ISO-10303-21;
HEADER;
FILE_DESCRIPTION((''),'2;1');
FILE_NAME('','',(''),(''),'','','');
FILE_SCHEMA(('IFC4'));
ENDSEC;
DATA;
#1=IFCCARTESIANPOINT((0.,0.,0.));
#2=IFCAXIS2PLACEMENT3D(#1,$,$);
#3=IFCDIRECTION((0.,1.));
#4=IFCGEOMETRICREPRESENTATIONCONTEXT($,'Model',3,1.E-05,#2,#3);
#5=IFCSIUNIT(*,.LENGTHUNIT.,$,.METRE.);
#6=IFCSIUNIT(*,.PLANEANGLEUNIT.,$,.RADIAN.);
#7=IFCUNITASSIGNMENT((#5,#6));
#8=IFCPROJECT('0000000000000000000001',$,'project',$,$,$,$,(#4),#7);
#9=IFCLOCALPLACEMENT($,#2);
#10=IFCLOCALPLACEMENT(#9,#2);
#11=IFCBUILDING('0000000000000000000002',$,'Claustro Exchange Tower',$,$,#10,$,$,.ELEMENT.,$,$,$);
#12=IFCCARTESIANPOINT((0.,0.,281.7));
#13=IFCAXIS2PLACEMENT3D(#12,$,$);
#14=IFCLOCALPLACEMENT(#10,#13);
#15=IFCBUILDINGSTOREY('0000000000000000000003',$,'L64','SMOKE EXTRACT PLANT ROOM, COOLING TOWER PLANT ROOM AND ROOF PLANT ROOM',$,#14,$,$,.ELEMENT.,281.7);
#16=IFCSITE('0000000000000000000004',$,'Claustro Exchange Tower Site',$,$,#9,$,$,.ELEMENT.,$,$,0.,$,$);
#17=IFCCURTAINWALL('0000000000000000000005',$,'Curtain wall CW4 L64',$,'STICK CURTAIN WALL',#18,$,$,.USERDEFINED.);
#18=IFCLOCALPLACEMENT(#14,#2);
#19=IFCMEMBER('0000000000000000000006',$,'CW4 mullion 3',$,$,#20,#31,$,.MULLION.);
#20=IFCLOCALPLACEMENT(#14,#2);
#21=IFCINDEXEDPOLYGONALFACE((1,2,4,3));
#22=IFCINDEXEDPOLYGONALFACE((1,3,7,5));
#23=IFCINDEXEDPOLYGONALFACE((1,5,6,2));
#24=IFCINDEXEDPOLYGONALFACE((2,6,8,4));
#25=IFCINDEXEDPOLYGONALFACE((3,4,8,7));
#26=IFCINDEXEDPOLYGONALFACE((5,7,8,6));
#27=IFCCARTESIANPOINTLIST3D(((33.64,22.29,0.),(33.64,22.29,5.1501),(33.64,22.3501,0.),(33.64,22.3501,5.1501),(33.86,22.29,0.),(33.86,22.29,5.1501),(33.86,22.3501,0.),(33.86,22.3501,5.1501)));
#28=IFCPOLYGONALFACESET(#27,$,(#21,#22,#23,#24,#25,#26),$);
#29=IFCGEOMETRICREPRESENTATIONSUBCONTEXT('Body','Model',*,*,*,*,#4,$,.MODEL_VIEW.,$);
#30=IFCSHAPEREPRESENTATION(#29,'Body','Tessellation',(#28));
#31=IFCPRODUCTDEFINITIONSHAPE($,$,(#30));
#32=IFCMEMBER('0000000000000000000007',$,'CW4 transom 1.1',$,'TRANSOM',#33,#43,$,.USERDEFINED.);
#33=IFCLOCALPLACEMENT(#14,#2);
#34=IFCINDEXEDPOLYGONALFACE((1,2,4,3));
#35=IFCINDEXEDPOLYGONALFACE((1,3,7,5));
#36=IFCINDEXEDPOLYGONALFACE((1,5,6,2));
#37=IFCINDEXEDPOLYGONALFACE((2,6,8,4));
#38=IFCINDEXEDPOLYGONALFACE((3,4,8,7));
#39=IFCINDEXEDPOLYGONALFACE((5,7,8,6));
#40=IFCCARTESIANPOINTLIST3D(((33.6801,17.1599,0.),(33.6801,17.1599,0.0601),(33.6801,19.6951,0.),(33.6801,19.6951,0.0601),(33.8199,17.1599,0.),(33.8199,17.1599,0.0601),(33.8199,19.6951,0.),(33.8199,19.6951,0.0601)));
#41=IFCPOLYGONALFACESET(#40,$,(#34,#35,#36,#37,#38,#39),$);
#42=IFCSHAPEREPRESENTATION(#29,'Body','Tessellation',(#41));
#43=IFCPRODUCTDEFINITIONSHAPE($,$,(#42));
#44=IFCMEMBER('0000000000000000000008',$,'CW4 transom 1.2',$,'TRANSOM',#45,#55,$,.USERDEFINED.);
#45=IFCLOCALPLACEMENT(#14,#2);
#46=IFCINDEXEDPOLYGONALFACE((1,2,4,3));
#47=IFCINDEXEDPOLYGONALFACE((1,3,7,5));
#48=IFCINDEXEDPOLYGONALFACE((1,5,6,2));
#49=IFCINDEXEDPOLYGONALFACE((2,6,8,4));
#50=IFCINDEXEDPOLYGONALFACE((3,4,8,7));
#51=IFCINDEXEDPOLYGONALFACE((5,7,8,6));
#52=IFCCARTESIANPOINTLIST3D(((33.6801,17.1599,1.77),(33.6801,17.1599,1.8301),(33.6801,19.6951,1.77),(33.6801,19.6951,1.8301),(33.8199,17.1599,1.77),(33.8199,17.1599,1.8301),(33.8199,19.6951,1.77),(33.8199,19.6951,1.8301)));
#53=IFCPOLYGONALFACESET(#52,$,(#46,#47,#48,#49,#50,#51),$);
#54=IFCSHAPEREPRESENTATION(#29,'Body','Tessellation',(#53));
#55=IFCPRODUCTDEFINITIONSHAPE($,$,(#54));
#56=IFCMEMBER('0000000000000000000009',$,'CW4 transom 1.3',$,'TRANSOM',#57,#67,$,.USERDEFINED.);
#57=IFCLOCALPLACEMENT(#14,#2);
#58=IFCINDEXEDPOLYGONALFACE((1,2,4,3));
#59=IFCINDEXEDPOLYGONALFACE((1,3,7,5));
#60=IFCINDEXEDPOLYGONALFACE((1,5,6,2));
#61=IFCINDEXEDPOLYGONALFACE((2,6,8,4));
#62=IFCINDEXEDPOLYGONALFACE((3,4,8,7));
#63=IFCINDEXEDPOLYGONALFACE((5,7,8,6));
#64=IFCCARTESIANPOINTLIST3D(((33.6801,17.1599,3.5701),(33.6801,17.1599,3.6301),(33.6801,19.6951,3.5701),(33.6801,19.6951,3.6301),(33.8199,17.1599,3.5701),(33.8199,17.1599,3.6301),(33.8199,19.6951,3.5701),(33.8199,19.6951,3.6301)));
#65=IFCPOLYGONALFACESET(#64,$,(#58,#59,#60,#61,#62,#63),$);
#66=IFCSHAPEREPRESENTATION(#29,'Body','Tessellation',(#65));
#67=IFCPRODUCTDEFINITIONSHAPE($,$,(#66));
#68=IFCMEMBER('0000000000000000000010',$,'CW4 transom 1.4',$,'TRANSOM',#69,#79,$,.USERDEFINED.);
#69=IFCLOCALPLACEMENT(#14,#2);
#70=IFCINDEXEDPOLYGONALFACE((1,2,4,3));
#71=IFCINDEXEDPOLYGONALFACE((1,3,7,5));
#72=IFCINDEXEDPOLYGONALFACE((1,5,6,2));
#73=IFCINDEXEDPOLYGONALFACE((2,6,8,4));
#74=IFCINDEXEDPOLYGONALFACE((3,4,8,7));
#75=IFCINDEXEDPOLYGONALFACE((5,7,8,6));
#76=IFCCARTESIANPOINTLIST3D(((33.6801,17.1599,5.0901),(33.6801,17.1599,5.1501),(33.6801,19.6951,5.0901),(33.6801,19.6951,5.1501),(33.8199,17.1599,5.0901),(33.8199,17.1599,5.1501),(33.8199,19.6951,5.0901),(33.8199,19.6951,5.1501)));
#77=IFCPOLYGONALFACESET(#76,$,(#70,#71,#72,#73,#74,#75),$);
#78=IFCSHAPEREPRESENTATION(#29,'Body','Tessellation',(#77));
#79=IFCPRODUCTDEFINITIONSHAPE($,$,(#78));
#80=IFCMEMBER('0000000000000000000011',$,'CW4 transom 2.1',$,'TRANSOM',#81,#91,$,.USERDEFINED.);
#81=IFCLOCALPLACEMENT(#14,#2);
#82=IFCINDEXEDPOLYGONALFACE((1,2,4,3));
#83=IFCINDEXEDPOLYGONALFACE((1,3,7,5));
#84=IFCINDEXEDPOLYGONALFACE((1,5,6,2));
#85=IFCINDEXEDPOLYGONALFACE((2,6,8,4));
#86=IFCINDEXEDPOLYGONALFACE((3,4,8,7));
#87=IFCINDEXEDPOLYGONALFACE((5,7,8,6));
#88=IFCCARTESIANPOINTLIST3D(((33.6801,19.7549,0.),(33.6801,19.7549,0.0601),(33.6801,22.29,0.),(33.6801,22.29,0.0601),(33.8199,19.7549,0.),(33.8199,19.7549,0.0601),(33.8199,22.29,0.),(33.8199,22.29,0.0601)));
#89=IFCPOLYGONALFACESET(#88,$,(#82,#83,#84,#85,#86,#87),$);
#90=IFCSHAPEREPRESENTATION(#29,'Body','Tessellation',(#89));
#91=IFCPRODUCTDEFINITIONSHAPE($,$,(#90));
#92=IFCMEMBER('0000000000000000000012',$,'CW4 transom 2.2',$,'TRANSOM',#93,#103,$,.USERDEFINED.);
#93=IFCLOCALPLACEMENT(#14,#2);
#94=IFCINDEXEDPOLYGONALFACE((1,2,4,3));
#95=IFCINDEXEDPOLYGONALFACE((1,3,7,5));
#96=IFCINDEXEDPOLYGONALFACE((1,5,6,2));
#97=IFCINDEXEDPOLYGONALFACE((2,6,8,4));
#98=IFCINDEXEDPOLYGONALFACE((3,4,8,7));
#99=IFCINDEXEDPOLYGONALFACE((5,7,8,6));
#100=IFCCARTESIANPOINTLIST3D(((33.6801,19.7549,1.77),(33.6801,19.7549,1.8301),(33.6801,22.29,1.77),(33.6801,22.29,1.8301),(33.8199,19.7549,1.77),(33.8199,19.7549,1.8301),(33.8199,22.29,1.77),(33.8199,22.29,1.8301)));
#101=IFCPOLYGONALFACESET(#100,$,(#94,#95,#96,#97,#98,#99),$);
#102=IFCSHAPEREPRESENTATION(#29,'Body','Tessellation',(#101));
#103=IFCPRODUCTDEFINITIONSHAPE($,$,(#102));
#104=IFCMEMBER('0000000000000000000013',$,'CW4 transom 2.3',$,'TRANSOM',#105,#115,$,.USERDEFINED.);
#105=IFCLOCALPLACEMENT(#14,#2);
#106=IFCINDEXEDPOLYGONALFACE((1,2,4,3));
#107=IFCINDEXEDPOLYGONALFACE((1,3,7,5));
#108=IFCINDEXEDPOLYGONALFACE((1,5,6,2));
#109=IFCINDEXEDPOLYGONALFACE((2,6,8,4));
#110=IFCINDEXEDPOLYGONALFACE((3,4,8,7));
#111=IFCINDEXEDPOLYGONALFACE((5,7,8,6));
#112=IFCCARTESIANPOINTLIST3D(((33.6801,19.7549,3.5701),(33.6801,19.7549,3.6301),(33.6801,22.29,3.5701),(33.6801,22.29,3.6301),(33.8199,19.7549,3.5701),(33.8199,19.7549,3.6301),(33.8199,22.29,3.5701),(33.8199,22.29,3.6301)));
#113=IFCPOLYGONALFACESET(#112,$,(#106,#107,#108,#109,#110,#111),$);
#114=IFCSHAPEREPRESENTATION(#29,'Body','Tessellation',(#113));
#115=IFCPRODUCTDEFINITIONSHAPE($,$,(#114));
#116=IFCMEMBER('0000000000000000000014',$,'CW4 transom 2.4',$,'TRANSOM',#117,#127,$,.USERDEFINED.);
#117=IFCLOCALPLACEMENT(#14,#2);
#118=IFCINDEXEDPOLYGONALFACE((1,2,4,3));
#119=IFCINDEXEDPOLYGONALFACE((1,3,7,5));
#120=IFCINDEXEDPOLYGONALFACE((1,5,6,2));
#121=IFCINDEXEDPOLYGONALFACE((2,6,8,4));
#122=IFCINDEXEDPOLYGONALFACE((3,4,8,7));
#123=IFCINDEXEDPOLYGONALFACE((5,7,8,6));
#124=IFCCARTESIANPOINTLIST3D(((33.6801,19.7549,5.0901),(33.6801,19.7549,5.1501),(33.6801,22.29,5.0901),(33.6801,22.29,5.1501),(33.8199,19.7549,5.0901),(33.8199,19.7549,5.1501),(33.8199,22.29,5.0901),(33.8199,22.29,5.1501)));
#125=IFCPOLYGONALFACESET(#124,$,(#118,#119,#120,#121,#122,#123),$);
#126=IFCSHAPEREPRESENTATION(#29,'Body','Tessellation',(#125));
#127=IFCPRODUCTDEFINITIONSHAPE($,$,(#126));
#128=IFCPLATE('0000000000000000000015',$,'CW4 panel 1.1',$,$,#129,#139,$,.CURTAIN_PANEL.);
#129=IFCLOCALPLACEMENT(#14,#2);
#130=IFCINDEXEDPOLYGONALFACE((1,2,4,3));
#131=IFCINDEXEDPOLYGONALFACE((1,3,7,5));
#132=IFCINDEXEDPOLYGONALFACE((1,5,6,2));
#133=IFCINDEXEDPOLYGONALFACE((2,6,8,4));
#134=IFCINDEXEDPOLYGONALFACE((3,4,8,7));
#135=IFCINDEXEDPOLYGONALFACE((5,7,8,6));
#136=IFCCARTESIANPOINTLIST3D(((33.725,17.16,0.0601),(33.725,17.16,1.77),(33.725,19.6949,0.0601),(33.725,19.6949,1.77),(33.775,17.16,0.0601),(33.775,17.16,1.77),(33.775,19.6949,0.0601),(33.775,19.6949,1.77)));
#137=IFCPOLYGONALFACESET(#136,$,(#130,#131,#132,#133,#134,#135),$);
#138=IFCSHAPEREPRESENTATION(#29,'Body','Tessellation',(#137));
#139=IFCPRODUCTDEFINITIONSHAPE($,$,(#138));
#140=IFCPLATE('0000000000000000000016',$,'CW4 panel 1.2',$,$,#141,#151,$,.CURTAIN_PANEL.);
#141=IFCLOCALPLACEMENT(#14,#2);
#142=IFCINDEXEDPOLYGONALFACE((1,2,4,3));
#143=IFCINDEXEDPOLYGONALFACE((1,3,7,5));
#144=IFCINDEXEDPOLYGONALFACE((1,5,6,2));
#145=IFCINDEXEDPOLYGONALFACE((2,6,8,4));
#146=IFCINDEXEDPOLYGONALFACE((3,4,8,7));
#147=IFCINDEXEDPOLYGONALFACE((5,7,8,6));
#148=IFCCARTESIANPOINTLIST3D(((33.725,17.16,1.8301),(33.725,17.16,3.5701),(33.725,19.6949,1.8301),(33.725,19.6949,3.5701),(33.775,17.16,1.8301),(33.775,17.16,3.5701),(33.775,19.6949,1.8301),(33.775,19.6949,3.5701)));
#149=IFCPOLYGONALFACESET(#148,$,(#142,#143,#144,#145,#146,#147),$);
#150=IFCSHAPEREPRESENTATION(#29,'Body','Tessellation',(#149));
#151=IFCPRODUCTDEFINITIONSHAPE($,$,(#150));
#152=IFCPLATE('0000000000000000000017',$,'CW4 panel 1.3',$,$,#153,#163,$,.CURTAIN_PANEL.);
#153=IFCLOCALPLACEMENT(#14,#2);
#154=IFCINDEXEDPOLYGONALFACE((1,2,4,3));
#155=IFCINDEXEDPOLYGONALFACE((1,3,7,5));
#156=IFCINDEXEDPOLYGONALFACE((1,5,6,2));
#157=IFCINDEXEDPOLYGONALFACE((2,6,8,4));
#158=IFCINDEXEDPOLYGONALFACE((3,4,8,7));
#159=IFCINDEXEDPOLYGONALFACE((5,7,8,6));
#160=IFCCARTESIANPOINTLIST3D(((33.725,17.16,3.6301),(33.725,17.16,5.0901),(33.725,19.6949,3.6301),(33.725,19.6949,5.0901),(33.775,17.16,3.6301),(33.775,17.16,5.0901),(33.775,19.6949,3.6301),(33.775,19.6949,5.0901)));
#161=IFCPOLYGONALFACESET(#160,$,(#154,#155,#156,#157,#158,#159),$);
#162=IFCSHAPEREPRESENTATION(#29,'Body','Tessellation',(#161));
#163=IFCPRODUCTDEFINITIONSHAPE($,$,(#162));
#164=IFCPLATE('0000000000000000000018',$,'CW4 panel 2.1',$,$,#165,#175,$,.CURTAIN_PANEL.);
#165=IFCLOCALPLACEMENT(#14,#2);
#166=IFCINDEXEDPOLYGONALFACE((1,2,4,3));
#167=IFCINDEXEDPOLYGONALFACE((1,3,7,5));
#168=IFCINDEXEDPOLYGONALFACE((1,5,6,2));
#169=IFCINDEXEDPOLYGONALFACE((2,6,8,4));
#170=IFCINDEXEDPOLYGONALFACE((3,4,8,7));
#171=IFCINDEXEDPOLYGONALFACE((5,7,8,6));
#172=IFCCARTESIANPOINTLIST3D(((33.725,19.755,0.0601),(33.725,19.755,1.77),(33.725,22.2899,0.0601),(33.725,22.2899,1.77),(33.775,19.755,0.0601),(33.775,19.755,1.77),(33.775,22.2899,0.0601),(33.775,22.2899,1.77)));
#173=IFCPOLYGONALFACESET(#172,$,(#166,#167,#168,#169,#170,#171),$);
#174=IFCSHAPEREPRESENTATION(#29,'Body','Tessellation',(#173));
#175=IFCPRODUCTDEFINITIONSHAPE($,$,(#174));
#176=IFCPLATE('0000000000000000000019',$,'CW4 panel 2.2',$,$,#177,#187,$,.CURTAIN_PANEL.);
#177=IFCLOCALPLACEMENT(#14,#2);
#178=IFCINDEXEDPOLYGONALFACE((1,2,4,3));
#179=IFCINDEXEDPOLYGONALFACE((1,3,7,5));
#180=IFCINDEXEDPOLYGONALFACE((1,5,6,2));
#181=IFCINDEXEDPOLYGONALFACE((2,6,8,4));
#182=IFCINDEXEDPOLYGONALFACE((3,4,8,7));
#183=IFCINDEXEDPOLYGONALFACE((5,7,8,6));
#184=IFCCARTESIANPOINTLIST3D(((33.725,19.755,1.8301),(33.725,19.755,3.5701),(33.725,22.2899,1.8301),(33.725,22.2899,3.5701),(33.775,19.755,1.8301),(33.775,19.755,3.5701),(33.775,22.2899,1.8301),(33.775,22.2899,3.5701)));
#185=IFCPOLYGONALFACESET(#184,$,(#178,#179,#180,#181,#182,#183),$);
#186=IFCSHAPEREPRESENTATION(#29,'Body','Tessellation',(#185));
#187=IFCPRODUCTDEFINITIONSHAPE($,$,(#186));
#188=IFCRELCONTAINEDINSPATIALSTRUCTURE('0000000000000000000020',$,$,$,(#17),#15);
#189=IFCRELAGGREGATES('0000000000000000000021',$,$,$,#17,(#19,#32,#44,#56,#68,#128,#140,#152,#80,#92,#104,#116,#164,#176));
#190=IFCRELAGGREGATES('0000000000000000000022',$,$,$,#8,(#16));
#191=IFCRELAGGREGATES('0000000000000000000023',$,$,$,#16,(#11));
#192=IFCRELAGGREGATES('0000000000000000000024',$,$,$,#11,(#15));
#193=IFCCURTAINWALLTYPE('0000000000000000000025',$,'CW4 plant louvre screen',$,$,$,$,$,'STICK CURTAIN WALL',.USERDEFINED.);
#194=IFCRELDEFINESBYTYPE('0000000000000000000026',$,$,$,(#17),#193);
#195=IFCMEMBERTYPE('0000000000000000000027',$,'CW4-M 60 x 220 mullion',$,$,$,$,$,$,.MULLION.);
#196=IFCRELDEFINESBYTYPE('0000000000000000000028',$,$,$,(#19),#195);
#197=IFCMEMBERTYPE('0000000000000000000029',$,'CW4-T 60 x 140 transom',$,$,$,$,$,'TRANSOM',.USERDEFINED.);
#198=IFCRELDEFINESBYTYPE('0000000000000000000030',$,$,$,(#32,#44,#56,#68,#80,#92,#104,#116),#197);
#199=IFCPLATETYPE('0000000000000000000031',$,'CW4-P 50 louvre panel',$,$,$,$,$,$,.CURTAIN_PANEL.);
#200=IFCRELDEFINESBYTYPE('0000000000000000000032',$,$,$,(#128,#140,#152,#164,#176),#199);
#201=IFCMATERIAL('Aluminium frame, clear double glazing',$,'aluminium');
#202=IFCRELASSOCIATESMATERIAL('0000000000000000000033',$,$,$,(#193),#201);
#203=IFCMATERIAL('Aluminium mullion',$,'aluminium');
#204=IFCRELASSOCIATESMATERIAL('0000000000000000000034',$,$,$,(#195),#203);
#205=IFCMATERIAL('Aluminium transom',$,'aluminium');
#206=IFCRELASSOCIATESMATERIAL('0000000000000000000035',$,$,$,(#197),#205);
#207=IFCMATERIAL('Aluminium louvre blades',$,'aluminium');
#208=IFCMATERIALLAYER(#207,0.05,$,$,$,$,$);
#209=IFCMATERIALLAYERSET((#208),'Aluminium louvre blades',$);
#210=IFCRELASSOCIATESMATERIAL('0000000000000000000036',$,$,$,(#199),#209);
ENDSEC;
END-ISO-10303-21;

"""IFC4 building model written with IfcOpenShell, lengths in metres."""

from ifc_helpers import new_model, si_unit, direction, frame, origin, origin_2d, place, context, subcontext, project, spatial, rectangle, extrude, material, layer, layer_set, material_profile, profile_set, type_object, element, aggregate, save


model = new_model("IFC4")

# Units and contexts
model_context = context("Model", 3, precision=1e-05, world=origin(), true_north=direction((0.0, 1.0)))
body_context = subcontext(model_context, "Body", "Model", "MODEL_VIEW")
ifc_project = project(units=[si_unit("LENGTHUNIT", "METRE"), si_unit("PLANEANGLEUNIT", "RADIAN")], contexts=[model_context])

# Site, building, storey
site_placement = place(None, origin())
site = spatial("IfcSite", under=ifc_project, at=site_placement, Name="Claustro Exchange Tower Site", CompositionType="ELEMENT", RefElevation=0.0)
building_placement = place(site_placement, origin())
building = spatial("IfcBuilding", under=site, at=building_placement, Name="Claustro Exchange Tower", CompositionType="ELEMENT")
storey_placement = place(building_placement, frame((0.0, 0.0, 281.7)))
storey = spatial("IfcBuildingStorey", under=building, at=storey_placement, Name="L64", Description="SMOKE EXTRACT PLANT ROOM, COOLING TOWER PLANT ROOM AND ROOF PLANT ROOM", CompositionType="ELEMENT", Elevation=281.7)

# Curtain wall, members, plates
ifc_material_1 = material(Name="Aluminium frame, clear double glazing", Category="aluminium")
curtain_wall_type = type_object("IfcCurtainWallType", Name="CW4 plant louvre screen", ElementType="STICK CURTAIN WALL", PredefinedType="USERDEFINED", material=ifc_material_1)
curtain_wall_placement = place(storey_placement, origin())
curtain_wall = element("IfcCurtainWall", 1, at=curtain_wall_placement, inside=storey, type_object=curtain_wall_type, Name="Curtain wall CW4 L64", ObjectType="STICK CURTAIN WALL", PredefinedType="USERDEFINED")
ifc_material_2 = material(Name="Aluminium mullion", Category="aluminium")
ifc_material_profile_1 = material_profile(ifc_material_2, rectangle(XDim=0.22, YDim=0.0601, at=origin_2d()), Name="CW4-M 60x220")
ifc_profile_set_1 = profile_set([ifc_material_profile_1], Name="Aluminium mullion")
member_type_1 = type_object("IfcMemberType", Name="CW4-M 60 x 220 mullion", PredefinedType="MULLION", material=ifc_profile_set_1)
member_1_placement = place(storey_placement, frame((33.75, 22.3201, 0.0), z_axis=(0.0, 0.0, 1.0), x_axis=(-1.0, 0.0, 0.0)))
member_1 = element("IfcMember", 2, at=member_1_placement, type_object=member_type_1, Name="CW4 mullion 3", PredefinedType="MULLION", context=body_context, shape_type="SweptSolid", body=[
    extrude(rectangle(XDim=0.22, YDim=0.0601, at=origin_2d()), origin(), (0.0, 0.0, 1.0), 5.1501),
])
ifc_material_3 = material(Name="Aluminium transom", Category="aluminium")
ifc_material_profile_2 = material_profile(ifc_material_3, rectangle(XDim=0.1399, YDim=0.0601, at=origin_2d()), Name="CW4-T 60x140")
ifc_profile_set_2 = profile_set([ifc_material_profile_2], Name="Aluminium transom")
member_type_2 = type_object("IfcMemberType", Name="CW4-T 60 x 140 transom", ElementType="TRANSOM", PredefinedType="USERDEFINED", material=ifc_profile_set_2)
member_2_placement = place(storey_placement, frame((33.75, 17.1599, 0.03), z_axis=(0.0, 1.0, 0.0), x_axis=(-1.0, 0.0, 0.0)))
member_2 = element("IfcMember", 3, at=member_2_placement, type_object=member_type_2, Name="CW4 transom 1.1", ObjectType="TRANSOM", PredefinedType="USERDEFINED", context=body_context, shape_type="SweptSolid", body=[
    extrude(rectangle(XDim=0.1399, YDim=0.0601, at=origin_2d()), origin(), (0.0, 0.0, 1.0), 2.5352),
])
member_3_placement = place(storey_placement, frame((33.75, 17.1599, 1.8), z_axis=(0.0, 1.0, 0.0), x_axis=(-1.0, 0.0, 0.0)))
member_3 = element("IfcMember", 4, at=member_3_placement, type_object=member_type_2, Name="CW4 transom 1.2", ObjectType="TRANSOM", PredefinedType="USERDEFINED", context=body_context, shape_type="SweptSolid", body=[
    extrude(rectangle(XDim=0.1399, YDim=0.0601, at=origin_2d()), origin(), (0.0, 0.0, 1.0), 2.5352),
])
member_4_placement = place(storey_placement, frame((33.75, 17.1599, 3.6001), z_axis=(0.0, 1.0, 0.0), x_axis=(-1.0, 0.0, 0.0)))
member_4 = element("IfcMember", 5, at=member_4_placement, type_object=member_type_2, Name="CW4 transom 1.3", ObjectType="TRANSOM", PredefinedType="USERDEFINED", context=body_context, shape_type="SweptSolid", body=[
    extrude(rectangle(XDim=0.1399, YDim=0.0601, at=origin_2d()), origin(), (0.0, 0.0, 1.0), 2.5352),
])
member_5_placement = place(storey_placement, frame((33.75, 17.1599, 5.1201), z_axis=(0.0, 1.0, 0.0), x_axis=(-1.0, 0.0, 0.0)))
member_5 = element("IfcMember", 6, at=member_5_placement, type_object=member_type_2, Name="CW4 transom 1.4", ObjectType="TRANSOM", PredefinedType="USERDEFINED", context=body_context, shape_type="SweptSolid", body=[
    extrude(rectangle(XDim=0.1399, YDim=0.0601, at=origin_2d()), origin(), (0.0, 0.0, 1.0), 2.5352),
])
member_6_placement = place(storey_placement, frame((33.75, 19.7549, 0.03), z_axis=(0.0, 1.0, 0.0), x_axis=(-1.0, 0.0, 0.0)))
member_6 = element("IfcMember", 7, at=member_6_placement, type_object=member_type_2, Name="CW4 transom 2.1", ObjectType="TRANSOM", PredefinedType="USERDEFINED", context=body_context, shape_type="SweptSolid", body=[
    extrude(rectangle(XDim=0.1399, YDim=0.0601, at=origin_2d()), origin(), (0.0, 0.0, 1.0), 2.5352),
])
member_7_placement = place(storey_placement, frame((33.75, 19.7549, 1.8), z_axis=(0.0, 1.0, 0.0), x_axis=(-1.0, 0.0, 0.0)))
member_7 = element("IfcMember", 8, at=member_7_placement, type_object=member_type_2, Name="CW4 transom 2.2", ObjectType="TRANSOM", PredefinedType="USERDEFINED", context=body_context, shape_type="SweptSolid", body=[
    extrude(rectangle(XDim=0.1399, YDim=0.0601, at=origin_2d()), origin(), (0.0, 0.0, 1.0), 2.5352),
])
member_8_placement = place(storey_placement, frame((33.75, 19.7549, 3.6001), z_axis=(0.0, 1.0, 0.0), x_axis=(-1.0, 0.0, 0.0)))
member_8 = element("IfcMember", 9, at=member_8_placement, type_object=member_type_2, Name="CW4 transom 2.3", ObjectType="TRANSOM", PredefinedType="USERDEFINED", context=body_context, shape_type="SweptSolid", body=[
    extrude(rectangle(XDim=0.1399, YDim=0.0601, at=origin_2d()), origin(), (0.0, 0.0, 1.0), 2.5352),
])
member_9_placement = place(storey_placement, frame((33.75, 19.7549, 5.1201), z_axis=(0.0, 1.0, 0.0), x_axis=(-1.0, 0.0, 0.0)))
member_9 = element("IfcMember", 10, at=member_9_placement, type_object=member_type_2, Name="CW4 transom 2.4", ObjectType="TRANSOM", PredefinedType="USERDEFINED", context=body_context, shape_type="SweptSolid", body=[
    extrude(rectangle(XDim=0.1399, YDim=0.0601, at=origin_2d()), origin(), (0.0, 0.0, 1.0), 2.5352),
])
ifc_material_4 = material(Name="Aluminium louvre blades", Category="aluminium")
ifc_layer_1 = layer(ifc_material_4, 0.05)
ifc_layer_set_1 = layer_set([ifc_layer_1], Name="Aluminium louvre blades")
plate_type = type_object("IfcPlateType", Name="CW4-P 50 louvre panel", PredefinedType="CURTAIN_PANEL", material=ifc_layer_set_1)
plate_1_placement = place(storey_placement, frame((33.75, 18.4275, 0.0601), z_axis=(0.0, 0.0, 1.0), x_axis=(0.0, 1.0, 0.0)))
plate_1 = element("IfcPlate", 11, at=plate_1_placement, type_object=plate_type, Name="CW4 panel 1.1", PredefinedType="CURTAIN_PANEL", context=body_context, shape_type="SweptSolid", body=[
    extrude(rectangle(XDim=2.5349, YDim=0.05, at=origin_2d()), origin(), (0.0, 0.0, 1.0), 1.71),
])
plate_2_placement = place(storey_placement, frame((33.75, 18.4275, 1.8301), z_axis=(0.0, 0.0, 1.0), x_axis=(0.0, 1.0, 0.0)))
plate_2 = element("IfcPlate", 12, at=plate_2_placement, type_object=plate_type, Name="CW4 panel 1.2", PredefinedType="CURTAIN_PANEL", context=body_context, shape_type="SweptSolid", body=[
    extrude(rectangle(XDim=2.5349, YDim=0.05, at=origin_2d()), origin(), (0.0, 0.0, 1.0), 1.74),
])
plate_3_placement = place(storey_placement, frame((33.75, 18.4275, 3.6301), z_axis=(0.0, 0.0, 1.0), x_axis=(0.0, 1.0, 0.0)))
plate_3 = element("IfcPlate", 13, at=plate_3_placement, type_object=plate_type, Name="CW4 panel 1.3", PredefinedType="CURTAIN_PANEL", context=body_context, shape_type="SweptSolid", body=[
    extrude(rectangle(XDim=2.5349, YDim=0.05, at=origin_2d()), origin(), (0.0, 0.0, 1.0), 1.46),
])
plate_4_placement = place(storey_placement, frame((33.75, 21.0225, 0.0601), z_axis=(0.0, 0.0, 1.0), x_axis=(0.0, 1.0, 0.0)))
plate_4 = element("IfcPlate", 14, at=plate_4_placement, type_object=plate_type, Name="CW4 panel 2.1", PredefinedType="CURTAIN_PANEL", context=body_context, shape_type="SweptSolid", body=[
    extrude(rectangle(XDim=2.5349, YDim=0.05, at=origin_2d()), origin(), (0.0, 0.0, 1.0), 1.71),
])
plate_5_placement = place(storey_placement, frame((33.75, 21.0225, 1.8301), z_axis=(0.0, 0.0, 1.0), x_axis=(0.0, 1.0, 0.0)))
plate_5 = element("IfcPlate", 15, at=plate_5_placement, type_object=plate_type, Name="CW4 panel 2.2", PredefinedType="CURTAIN_PANEL", context=body_context, shape_type="SweptSolid", body=[
    extrude(rectangle(XDim=2.5349, YDim=0.05, at=origin_2d()), origin(), (0.0, 0.0, 1.0), 1.74),
])
aggregate(curtain_wall, [member_1, member_2, member_3, member_4, member_5, plate_1, plate_2, plate_3, member_6, member_7, member_8, member_9, plate_4, plate_5])

save(model, "model.ifc")
